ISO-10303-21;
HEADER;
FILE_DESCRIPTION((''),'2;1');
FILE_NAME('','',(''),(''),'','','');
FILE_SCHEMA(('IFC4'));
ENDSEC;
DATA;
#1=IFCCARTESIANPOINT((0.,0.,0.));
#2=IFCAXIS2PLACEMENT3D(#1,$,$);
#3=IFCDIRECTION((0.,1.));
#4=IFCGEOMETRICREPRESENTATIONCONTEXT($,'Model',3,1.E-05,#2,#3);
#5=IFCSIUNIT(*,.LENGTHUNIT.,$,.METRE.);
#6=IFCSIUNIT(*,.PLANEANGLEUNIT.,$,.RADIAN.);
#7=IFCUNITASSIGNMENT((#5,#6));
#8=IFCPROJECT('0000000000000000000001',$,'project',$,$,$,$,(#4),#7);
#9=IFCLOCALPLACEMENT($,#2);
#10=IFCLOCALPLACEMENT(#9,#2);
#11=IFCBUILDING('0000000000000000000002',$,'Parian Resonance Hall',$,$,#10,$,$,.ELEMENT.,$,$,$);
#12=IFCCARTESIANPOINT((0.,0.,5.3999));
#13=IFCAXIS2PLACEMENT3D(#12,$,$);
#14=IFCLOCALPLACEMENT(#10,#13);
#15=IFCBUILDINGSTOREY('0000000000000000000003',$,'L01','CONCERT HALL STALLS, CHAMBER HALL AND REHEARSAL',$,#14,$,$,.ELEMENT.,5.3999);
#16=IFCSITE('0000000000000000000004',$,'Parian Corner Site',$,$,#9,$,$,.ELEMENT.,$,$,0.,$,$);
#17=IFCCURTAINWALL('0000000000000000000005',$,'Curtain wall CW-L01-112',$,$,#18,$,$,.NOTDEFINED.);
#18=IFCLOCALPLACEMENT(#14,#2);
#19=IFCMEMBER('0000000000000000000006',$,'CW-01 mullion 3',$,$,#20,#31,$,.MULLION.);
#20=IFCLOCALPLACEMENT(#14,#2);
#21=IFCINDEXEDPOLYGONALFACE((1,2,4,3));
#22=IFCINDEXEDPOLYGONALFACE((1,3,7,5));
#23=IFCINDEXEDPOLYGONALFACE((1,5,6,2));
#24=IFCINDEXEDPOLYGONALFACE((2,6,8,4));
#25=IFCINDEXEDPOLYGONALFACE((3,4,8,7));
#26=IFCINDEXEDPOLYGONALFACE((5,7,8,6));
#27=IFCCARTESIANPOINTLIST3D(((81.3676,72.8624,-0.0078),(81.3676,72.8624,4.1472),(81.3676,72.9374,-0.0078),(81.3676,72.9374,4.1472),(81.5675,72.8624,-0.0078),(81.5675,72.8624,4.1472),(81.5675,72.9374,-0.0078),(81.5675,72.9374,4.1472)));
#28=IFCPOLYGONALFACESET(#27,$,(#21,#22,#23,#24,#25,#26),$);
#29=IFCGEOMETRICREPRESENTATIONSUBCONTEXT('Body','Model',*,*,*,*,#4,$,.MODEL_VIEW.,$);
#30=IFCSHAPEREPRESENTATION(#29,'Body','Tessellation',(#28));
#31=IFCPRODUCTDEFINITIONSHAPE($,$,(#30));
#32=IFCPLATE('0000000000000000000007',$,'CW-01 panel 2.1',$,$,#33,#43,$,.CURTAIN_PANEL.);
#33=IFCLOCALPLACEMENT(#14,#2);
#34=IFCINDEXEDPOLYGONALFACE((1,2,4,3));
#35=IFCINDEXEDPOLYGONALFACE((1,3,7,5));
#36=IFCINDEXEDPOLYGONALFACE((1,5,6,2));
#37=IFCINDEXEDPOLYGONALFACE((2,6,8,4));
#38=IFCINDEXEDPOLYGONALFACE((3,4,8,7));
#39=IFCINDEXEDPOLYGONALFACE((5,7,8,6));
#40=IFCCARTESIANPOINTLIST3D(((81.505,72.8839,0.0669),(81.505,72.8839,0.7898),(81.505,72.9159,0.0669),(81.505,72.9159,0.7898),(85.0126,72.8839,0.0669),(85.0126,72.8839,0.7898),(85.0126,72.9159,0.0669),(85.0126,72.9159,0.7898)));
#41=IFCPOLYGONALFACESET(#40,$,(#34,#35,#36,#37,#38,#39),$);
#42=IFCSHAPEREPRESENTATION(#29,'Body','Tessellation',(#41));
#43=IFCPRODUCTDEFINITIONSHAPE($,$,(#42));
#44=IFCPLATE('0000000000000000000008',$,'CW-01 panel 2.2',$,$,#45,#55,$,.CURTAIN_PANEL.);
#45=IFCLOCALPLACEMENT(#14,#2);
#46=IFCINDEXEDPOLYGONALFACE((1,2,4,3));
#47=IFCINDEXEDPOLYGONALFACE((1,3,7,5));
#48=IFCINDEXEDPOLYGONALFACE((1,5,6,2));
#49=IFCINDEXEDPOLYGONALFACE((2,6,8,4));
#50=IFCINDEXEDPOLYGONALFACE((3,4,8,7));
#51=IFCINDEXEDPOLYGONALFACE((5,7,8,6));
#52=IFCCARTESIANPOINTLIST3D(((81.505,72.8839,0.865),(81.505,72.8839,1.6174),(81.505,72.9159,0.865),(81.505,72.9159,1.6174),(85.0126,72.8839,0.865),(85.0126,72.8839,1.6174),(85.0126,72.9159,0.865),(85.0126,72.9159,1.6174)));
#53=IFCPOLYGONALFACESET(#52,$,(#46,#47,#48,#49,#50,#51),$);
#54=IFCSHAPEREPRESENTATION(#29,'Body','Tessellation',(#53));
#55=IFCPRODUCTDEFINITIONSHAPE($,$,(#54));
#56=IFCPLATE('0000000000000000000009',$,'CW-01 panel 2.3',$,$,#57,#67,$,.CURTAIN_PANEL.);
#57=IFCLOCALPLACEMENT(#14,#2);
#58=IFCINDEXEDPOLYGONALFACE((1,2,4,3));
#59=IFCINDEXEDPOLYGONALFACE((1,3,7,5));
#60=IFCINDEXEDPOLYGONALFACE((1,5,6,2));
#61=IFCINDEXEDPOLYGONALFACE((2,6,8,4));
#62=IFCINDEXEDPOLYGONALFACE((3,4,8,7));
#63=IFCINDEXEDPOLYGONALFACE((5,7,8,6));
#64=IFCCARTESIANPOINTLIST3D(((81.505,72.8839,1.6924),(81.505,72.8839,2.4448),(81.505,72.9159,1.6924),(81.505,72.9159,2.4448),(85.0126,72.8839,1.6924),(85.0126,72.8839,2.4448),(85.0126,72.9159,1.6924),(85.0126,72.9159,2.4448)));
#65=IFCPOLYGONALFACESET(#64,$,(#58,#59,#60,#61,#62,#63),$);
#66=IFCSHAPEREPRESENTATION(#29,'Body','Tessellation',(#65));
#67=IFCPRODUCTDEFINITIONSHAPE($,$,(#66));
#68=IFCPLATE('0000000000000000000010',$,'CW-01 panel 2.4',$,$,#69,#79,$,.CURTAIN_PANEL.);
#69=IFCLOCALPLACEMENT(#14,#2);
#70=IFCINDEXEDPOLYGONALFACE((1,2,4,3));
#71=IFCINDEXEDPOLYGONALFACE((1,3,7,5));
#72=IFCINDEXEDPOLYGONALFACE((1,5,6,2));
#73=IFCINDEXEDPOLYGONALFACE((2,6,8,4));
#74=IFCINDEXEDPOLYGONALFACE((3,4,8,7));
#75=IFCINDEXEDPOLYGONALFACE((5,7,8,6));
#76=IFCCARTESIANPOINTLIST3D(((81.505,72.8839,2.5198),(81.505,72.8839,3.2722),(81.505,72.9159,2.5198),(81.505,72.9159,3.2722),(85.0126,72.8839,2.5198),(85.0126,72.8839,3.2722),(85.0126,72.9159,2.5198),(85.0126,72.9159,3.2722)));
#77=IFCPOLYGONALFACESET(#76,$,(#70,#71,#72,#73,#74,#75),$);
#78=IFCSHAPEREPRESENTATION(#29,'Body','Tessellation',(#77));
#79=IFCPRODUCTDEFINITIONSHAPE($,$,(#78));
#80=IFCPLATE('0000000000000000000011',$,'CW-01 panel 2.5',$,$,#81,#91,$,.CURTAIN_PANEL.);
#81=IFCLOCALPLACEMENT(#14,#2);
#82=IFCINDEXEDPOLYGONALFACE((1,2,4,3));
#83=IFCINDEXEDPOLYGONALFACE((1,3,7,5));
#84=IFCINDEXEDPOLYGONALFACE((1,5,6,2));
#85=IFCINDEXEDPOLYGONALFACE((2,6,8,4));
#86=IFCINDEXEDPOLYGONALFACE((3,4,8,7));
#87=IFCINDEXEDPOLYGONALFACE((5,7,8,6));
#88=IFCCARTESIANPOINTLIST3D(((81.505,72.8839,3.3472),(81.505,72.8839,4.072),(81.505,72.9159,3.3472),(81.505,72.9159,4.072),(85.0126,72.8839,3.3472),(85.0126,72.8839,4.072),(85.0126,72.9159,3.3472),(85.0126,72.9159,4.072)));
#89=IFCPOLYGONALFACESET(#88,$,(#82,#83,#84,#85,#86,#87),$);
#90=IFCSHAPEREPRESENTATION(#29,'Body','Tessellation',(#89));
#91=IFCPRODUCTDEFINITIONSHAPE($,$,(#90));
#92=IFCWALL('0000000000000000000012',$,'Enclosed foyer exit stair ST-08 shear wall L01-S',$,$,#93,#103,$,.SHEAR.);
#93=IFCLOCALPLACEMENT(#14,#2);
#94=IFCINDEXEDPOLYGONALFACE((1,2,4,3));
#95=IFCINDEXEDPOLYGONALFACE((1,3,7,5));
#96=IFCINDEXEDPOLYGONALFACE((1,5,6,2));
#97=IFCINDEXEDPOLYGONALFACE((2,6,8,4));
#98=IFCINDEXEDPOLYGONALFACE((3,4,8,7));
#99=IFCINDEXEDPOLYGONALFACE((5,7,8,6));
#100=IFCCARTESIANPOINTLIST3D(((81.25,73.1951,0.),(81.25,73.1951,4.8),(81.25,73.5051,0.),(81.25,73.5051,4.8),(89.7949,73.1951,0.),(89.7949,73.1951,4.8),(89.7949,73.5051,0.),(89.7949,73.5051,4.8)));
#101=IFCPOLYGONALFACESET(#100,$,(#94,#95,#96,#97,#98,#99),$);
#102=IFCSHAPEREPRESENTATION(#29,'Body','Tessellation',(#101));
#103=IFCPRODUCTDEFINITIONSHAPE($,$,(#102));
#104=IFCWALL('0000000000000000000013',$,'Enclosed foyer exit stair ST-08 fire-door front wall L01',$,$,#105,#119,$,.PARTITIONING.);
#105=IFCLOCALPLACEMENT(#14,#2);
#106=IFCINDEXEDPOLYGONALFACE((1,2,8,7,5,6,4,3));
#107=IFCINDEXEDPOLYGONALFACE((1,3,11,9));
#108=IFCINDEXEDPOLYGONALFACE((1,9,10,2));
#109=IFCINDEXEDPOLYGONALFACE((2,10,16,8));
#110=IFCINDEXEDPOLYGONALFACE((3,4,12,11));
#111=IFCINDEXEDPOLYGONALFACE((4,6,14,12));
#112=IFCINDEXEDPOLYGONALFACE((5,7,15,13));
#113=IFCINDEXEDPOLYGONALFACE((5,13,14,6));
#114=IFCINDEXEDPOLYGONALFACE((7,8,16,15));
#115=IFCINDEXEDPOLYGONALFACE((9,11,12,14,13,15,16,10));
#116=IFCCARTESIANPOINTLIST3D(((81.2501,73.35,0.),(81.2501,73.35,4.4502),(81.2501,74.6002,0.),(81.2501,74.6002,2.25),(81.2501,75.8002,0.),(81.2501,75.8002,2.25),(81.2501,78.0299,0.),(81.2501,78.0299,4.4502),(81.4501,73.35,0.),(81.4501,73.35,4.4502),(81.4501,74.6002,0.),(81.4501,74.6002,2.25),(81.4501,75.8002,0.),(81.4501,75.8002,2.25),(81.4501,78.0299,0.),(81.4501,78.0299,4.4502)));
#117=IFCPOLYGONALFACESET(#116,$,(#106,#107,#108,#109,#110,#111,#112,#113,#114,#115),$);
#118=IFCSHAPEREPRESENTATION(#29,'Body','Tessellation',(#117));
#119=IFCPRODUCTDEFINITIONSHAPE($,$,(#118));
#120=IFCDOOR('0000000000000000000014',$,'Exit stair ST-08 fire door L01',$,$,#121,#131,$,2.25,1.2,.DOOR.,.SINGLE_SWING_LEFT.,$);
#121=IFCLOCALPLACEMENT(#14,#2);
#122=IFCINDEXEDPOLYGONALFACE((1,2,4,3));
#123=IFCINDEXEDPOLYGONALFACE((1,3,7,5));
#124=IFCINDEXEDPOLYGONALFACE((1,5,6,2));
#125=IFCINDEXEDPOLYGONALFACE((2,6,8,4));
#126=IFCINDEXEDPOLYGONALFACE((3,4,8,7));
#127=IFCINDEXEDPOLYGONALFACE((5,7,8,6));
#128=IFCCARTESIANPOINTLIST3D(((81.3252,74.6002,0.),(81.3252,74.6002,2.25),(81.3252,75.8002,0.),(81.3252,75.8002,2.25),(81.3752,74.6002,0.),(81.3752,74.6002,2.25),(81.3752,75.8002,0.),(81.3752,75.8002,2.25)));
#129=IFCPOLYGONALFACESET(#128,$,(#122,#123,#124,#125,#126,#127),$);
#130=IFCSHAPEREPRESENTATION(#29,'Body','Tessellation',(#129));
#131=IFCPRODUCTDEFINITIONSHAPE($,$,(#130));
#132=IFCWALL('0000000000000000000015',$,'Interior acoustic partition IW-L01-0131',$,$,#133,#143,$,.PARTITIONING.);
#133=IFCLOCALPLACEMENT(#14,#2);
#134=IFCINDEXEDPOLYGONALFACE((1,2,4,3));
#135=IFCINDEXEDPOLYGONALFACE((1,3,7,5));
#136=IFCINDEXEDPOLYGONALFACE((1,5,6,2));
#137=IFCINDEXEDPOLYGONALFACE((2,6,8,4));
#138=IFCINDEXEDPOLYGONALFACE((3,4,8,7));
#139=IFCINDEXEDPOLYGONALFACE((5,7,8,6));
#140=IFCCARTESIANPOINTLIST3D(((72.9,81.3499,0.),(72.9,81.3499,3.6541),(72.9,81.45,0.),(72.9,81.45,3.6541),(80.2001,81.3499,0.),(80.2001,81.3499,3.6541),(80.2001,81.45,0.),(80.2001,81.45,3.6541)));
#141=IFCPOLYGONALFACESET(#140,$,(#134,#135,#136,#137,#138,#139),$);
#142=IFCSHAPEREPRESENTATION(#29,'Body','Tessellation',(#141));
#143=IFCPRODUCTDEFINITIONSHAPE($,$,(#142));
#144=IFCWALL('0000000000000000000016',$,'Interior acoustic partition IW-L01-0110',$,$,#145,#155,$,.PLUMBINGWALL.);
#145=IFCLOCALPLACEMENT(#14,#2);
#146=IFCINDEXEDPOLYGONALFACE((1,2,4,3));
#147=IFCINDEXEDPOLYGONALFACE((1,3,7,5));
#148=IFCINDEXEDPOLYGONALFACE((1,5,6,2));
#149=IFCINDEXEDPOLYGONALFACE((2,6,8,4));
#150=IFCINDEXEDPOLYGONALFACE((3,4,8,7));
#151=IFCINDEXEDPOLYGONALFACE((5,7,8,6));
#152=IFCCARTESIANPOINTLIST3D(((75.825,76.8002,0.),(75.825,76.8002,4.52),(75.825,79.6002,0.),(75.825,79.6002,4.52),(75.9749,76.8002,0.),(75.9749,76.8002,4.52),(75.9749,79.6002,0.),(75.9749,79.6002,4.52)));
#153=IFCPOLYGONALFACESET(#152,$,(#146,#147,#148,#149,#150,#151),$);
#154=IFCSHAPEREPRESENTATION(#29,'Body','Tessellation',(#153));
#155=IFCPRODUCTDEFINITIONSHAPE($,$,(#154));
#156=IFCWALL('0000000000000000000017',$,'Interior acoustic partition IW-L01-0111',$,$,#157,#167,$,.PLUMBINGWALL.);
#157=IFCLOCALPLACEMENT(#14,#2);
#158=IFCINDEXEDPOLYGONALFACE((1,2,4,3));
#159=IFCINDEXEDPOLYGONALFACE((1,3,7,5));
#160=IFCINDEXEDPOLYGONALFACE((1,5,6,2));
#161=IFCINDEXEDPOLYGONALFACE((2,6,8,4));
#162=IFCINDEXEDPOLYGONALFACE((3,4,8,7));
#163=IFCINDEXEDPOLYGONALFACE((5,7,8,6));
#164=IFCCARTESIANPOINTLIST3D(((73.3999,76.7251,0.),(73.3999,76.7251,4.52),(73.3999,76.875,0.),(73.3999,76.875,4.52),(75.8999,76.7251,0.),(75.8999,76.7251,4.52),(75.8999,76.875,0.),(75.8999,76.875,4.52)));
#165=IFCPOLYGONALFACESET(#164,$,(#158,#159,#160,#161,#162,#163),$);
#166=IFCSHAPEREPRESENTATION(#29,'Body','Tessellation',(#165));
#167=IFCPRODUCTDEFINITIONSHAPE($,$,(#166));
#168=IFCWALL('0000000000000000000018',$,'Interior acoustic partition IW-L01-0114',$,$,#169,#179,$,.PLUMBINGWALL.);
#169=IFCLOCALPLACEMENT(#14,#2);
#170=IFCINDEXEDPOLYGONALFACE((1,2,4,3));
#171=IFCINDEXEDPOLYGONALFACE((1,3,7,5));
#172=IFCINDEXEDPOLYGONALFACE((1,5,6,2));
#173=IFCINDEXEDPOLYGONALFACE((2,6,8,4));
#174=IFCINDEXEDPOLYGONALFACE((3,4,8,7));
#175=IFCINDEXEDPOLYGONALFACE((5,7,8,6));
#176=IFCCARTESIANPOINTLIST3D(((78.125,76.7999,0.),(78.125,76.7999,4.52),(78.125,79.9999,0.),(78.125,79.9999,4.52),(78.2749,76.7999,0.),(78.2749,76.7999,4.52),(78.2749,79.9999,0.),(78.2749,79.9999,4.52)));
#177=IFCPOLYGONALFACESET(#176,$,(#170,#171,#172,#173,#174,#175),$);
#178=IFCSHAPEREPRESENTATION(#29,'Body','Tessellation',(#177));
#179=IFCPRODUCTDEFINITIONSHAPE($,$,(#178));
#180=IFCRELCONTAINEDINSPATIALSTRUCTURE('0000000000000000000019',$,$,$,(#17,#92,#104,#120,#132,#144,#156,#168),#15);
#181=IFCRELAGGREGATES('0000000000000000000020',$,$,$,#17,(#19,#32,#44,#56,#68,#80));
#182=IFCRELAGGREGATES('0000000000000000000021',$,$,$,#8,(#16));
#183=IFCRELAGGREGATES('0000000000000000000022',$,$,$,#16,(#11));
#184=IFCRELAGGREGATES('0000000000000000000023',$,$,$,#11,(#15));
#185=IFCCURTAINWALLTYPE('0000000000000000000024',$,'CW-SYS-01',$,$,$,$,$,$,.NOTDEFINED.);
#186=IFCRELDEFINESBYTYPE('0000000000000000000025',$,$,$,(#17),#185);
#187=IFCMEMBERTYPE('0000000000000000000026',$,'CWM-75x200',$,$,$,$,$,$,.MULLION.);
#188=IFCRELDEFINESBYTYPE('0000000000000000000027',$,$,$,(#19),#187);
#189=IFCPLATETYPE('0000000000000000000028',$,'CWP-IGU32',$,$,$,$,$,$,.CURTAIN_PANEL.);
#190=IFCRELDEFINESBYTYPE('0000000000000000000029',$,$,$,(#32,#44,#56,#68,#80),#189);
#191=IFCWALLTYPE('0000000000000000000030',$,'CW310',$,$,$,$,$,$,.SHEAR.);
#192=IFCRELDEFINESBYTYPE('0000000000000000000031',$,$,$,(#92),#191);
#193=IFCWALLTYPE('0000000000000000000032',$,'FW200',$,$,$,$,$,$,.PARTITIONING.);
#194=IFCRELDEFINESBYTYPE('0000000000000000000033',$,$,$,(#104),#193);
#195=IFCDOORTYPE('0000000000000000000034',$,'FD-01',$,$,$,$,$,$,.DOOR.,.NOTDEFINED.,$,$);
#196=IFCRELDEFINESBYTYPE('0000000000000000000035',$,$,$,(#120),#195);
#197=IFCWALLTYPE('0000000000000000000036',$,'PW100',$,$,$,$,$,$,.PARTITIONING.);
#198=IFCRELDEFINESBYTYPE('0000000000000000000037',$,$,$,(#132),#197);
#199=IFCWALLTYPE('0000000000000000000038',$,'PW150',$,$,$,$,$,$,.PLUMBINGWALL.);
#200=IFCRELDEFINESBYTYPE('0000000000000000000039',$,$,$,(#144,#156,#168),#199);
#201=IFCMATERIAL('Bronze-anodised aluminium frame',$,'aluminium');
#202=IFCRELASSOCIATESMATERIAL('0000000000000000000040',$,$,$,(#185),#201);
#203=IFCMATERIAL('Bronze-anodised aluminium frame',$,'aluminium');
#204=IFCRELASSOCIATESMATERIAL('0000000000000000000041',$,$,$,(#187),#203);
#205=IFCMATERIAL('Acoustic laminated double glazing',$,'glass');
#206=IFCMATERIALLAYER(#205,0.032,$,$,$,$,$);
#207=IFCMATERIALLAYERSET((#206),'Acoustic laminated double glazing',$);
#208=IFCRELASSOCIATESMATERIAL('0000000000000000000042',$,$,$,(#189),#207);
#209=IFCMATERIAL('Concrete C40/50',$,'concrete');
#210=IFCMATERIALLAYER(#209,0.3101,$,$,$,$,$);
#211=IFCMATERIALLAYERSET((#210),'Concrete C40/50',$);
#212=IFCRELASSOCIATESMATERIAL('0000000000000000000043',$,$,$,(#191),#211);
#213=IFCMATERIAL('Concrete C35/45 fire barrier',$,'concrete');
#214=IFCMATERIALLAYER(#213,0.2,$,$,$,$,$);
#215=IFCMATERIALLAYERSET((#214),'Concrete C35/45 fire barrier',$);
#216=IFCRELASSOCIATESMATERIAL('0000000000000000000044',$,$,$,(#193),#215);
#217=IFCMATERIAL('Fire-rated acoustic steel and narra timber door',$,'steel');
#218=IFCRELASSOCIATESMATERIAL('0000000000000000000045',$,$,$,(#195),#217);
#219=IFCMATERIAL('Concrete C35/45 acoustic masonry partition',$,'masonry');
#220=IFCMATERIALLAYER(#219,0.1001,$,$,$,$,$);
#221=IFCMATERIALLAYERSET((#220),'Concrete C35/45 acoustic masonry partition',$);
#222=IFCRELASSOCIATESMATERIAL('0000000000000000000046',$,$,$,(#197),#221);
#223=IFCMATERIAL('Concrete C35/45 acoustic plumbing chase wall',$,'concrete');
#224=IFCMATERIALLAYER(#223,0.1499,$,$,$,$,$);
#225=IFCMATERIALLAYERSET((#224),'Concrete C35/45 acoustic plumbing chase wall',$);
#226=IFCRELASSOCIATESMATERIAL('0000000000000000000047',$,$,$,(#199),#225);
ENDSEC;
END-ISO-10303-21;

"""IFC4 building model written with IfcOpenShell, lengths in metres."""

from ifc_helpers import new_model, si_unit, direction, frame, frame_2d, origin, origin_2d, place, context, subcontext, project, spatial, rectangle, extrude, material, layer, layer_set, material_profile, profile_set, type_object, element, fill, aggregate, save


model = new_model("IFC4")

# Units and contexts
model_context = context("Model", 3, precision=1e-05, world=origin(), true_north=direction((0.0, 1.0)))
body_context = subcontext(model_context, "Body", "Model", "MODEL_VIEW")
ifc_project = project(units=[si_unit("LENGTHUNIT", "METRE"), si_unit("PLANEANGLEUNIT", "RADIAN")], contexts=[model_context])

# Site, building, storey
site_placement = place(None, origin())
site = spatial("IfcSite", under=ifc_project, at=site_placement, Name="Parian Corner Site", CompositionType="ELEMENT", RefElevation=0.0)
building_placement = place(site_placement, origin())
building = spatial("IfcBuilding", under=site, at=building_placement, Name="Parian Resonance Hall", CompositionType="ELEMENT")
storey_placement = place(building_placement, frame((0.0, 0.0, 5.3999)))
storey = spatial("IfcBuildingStorey", under=building, at=storey_placement, Name="L01", Description="CONCERT HALL STALLS, CHAMBER HALL AND REHEARSAL", CompositionType="ELEMENT", Elevation=5.3999)

# Curtain wall, member, plates
ifc_material_1 = material(Name="Bronze-anodised aluminium frame", Category="aluminium")
curtain_wall_type = type_object("IfcCurtainWallType", Name="CW-SYS-01", PredefinedType="NOTDEFINED", material=ifc_material_1)
curtain_wall_placement = place(storey_placement, origin())
curtain_wall = element("IfcCurtainWall", 1, at=curtain_wall_placement, inside=storey, type_object=curtain_wall_type, Name="Curtain wall CW-L01-112", PredefinedType="NOTDEFINED")
ifc_material_2 = material(Name="Bronze-anodised aluminium frame", Category="aluminium")
ifc_material_profile_1 = material_profile(ifc_material_2, rectangle(XDim=0.075, YDim=0.2, at=origin_2d()), Name="CWM-75x200")
ifc_profile_set_1 = profile_set([ifc_material_profile_1], Name="Bronze-anodised aluminium frame")
member_type = type_object("IfcMemberType", Name="CWM-75x200", PredefinedType="MULLION", material=ifc_profile_set_1)
member_placement = place(storey_placement, frame((81.4675, 72.8999, -0.0078), z_axis=(0.0, 0.0, 1.0), x_axis=(0.0, -1.0, 0.0)))
member = element("IfcMember", 2, at=member_placement, type_object=member_type, Name="CW-01 mullion 3", PredefinedType="MULLION", context=body_context, shape_type="SweptSolid", body=[
    extrude(rectangle(XDim=0.075, YDim=0.2, at=origin_2d()), origin(), (0.0, 0.0, 1.0), 4.155),
])
ifc_material_3 = material(Name="Acoustic laminated double glazing", Category="glass")
ifc_layer_1 = layer(ifc_material_3, 0.032)
ifc_layer_set_1 = layer_set([ifc_layer_1], Name="Acoustic laminated double glazing")
plate_type = type_object("IfcPlateType", Name="CWP-IGU32", PredefinedType="CURTAIN_PANEL", material=ifc_layer_set_1)
plate_1_placement = place(storey_placement, frame((83.2588, 72.8999, 0.0669), z_axis=(0.0, 0.0, 1.0), x_axis=(-1.0, 0.0, 0.0)))
plate_1 = element("IfcPlate", 3, at=plate_1_placement, type_object=plate_type, Name="CW-01 panel 2.1", PredefinedType="CURTAIN_PANEL", context=body_context, shape_type="SweptSolid", body=[
    extrude(rectangle(XDim=3.5076, YDim=0.032, at=origin_2d()), origin(), (0.0, 0.0, 1.0), 0.7229),
])
plate_2_placement = place(storey_placement, frame((83.2588, 72.8999, 0.865), z_axis=(0.0, 0.0, 1.0), x_axis=(-1.0, 0.0, 0.0)))
plate_2 = element("IfcPlate", 4, at=plate_2_placement, type_object=plate_type, Name="CW-01 panel 2.2", PredefinedType="CURTAIN_PANEL", context=body_context, shape_type="SweptSolid", body=[
    extrude(rectangle(XDim=3.5076, YDim=0.032, at=origin_2d()), origin(), (0.0, 0.0, 1.0), 0.7524),
])
plate_3_placement = place(storey_placement, frame((83.2588, 72.8999, 1.6924), z_axis=(0.0, 0.0, 1.0), x_axis=(-1.0, 0.0, 0.0)))
plate_3 = element("IfcPlate", 5, at=plate_3_placement, type_object=plate_type, Name="CW-01 panel 2.3", PredefinedType="CURTAIN_PANEL", context=body_context, shape_type="SweptSolid", body=[
    extrude(rectangle(XDim=3.5076, YDim=0.032, at=origin_2d()), origin(), (0.0, 0.0, 1.0), 0.7524),
])
plate_4_placement = place(storey_placement, frame((83.2588, 72.8999, 2.5198), z_axis=(0.0, 0.0, 1.0), x_axis=(-1.0, 0.0, 0.0)))
plate_4 = element("IfcPlate", 6, at=plate_4_placement, type_object=plate_type, Name="CW-01 panel 2.4", PredefinedType="CURTAIN_PANEL", context=body_context, shape_type="SweptSolid", body=[
    extrude(rectangle(XDim=3.5076, YDim=0.032, at=origin_2d()), origin(), (0.0, 0.0, 1.0), 0.7524),
])
plate_5_placement = place(storey_placement, frame((83.2588, 72.8999, 3.3472), z_axis=(0.0, 0.0, 1.0), x_axis=(-1.0, 0.0, 0.0)))
plate_5 = element("IfcPlate", 7, at=plate_5_placement, type_object=plate_type, Name="CW-01 panel 2.5", PredefinedType="CURTAIN_PANEL", context=body_context, shape_type="SweptSolid", body=[
    extrude(rectangle(XDim=3.5076, YDim=0.032, at=origin_2d()), origin(), (0.0, 0.0, 1.0), 0.7249),
])
aggregate(curtain_wall, [member, plate_1, plate_2, plate_3, plate_4, plate_5])

# Wall
ifc_material_4 = material(Name="Concrete C40/50", Category="concrete")
ifc_layer_2 = layer(ifc_material_4, 0.3101)
ifc_layer_set_2 = layer_set([ifc_layer_2], Name="Concrete C40/50")
wall_type_1 = type_object("IfcWallType", Name="CW310", PredefinedType="SHEAR", material=ifc_layer_set_2)
wall_1_placement = place(storey_placement, frame((81.25, 73.3501, 0.0), z_axis=(0.0, 0.0, 1.0), x_axis=(1.0, 0.0, 0.0)))
element("IfcWall", 8, at=wall_1_placement, inside=storey, type_object=wall_type_1, Name="Enclosed foyer exit stair ST-08 shear wall L01-S", PredefinedType="SHEAR", context=body_context, shape_type="SweptSolid", body=[
    extrude(rectangle(XDim=8.5449, YDim=0.3101, at=frame_2d((4.2725, 0.0))), origin(), (0.0, 0.0, 1.0), 4.8),
])

# Wall, opening, door
ifc_material_5 = material(Name="Concrete C35/45 fire barrier", Category="concrete")
ifc_layer_3 = layer(ifc_material_5, 0.2)
ifc_layer_set_3 = layer_set([ifc_layer_3], Name="Concrete C35/45 fire barrier")
wall_type_2 = type_object("IfcWallType", Name="FW200", PredefinedType="PARTITIONING", material=ifc_layer_set_3)
wall_2_placement = place(storey_placement, frame((81.3501, 73.3501, 0.0), z_axis=(0.0, 0.0, 1.0), x_axis=(0.0, 1.0, 0.0)))
wall_2 = element("IfcWall", 9, at=wall_2_placement, inside=storey, type_object=wall_type_2, Name="Enclosed foyer exit stair ST-08 fire-door front wall L01", PredefinedType="PARTITIONING", context=body_context, shape_type="SweptSolid", body=[
    extrude(rectangle(XDim=4.6799, YDim=0.2, at=frame_2d((2.3398, 0.0))), origin(), (0.0, 0.0, 1.0), 4.4502),
])
opening_1_placement = place(wall_2_placement, frame((1.25, 0.0, 0.0)))
opening_1 = element("IfcOpeningElement", 10, at=opening_1_placement, cuts=wall_2, PredefinedType="OPENING", context=body_context, shape_type="SweptSolid", body=[
    extrude(rectangle(XDim=1.2, YDim=2.25, at=frame_2d((0.6001, 1.125))), frame((0.0, 0.1099, 0.0), z_axis=(0.0, -1.0, 0.0), x_axis=(1.0, 0.0, 0.0)), (0.0, 0.0, 1.0), 0.22),
])
ifc_material_6 = material(Name="Fire-rated acoustic steel and narra timber door", Category="steel")
door_type_1 = type_object("IfcDoorType", Name="FD-01", OperationType="NOTDEFINED", PredefinedType="DOOR", material=ifc_material_6)
door_1_placement = place(opening_1_placement, origin())
door_1 = element("IfcDoor", 11, at=door_1_placement, inside=storey, type_object=door_type_1, Name="Exit stair ST-08 fire door L01", OperationType="SINGLE_SWING_LEFT", OverallHeight=2.25, OverallWidth=1.2, PredefinedType="DOOR", context=body_context, shape_type="SweptSolid", body=[
    extrude(rectangle(XDim=1.2, YDim=2.25, at=frame_2d((0.6001, 1.125))), frame((0.0, 0.0249, 0.0), z_axis=(0.0, -1.0, 0.0), x_axis=(1.0, 0.0, 0.0)), (0.0, 0.0, 1.0), 0.05),
])
fill(opening_1, door_1)

# Walls
ifc_material_7 = material(Name="Concrete C35/45 acoustic masonry partition", Category="masonry")
ifc_layer_4 = layer(ifc_material_7, 0.1001)
ifc_layer_set_4 = layer_set([ifc_layer_4], Name="Concrete C35/45 acoustic masonry partition")
wall_type_3 = type_object("IfcWallType", Name="PW100", PredefinedType="PARTITIONING", material=ifc_layer_set_4)
wall_3_placement = place(storey_placement, frame((80.2, 81.3999, 0.0), z_axis=(0.0, 0.0, 1.0), x_axis=(-1.0, 0.0, 0.0)))
element("IfcWall", 12, at=wall_3_placement, inside=storey, type_object=wall_type_3, Name="Interior acoustic partition IW-L01-0131", PredefinedType="PARTITIONING", context=body_context, shape_type="SweptSolid", body=[
    extrude(rectangle(XDim=7.3, YDim=0.1001, at=frame_2d((3.6499, 0.0))), origin(), (0.0, 0.0, 1.0), 3.6541),
])
ifc_material_8 = material(Name="Concrete C35/45 acoustic plumbing chase wall", Category="concrete")
ifc_layer_5 = layer(ifc_material_8, 0.1499)
ifc_layer_set_5 = layer_set([ifc_layer_5], Name="Concrete C35/45 acoustic plumbing chase wall")
wall_type_4 = type_object("IfcWallType", Name="PW150", PredefinedType="PLUMBINGWALL", material=ifc_layer_set_5)
wall_4_placement = place(storey_placement, frame((75.8999, 79.6001, 0.0), z_axis=(0.0, 0.0, 1.0), x_axis=(0.0, -1.0, 0.0)))
element("IfcWall", 13, at=wall_4_placement, inside=storey, type_object=wall_type_4, Name="Interior acoustic partition IW-L01-0110", PredefinedType="PLUMBINGWALL", context=body_context, shape_type="SweptSolid", body=[
    extrude(rectangle(XDim=2.8, YDim=0.1499, at=frame_2d((1.3999, 0.0))), origin(), (0.0, 0.0, 1.0), 4.52),
])
wall_5_placement = place(storey_placement, frame((75.8999, 76.8, 0.0), z_axis=(0.0, 0.0, 1.0), x_axis=(-1.0, 0.0, 0.0)))
element("IfcWall", 14, at=wall_5_placement, inside=storey, type_object=wall_type_4, Name="Interior acoustic partition IW-L01-0111", PredefinedType="PLUMBINGWALL", context=body_context, shape_type="SweptSolid", body=[
    extrude(rectangle(XDim=2.5, YDim=0.1499, at=frame_2d((1.25, 0.0))), origin(), (0.0, 0.0, 1.0), 4.52),
])
wall_6_placement = place(storey_placement, frame((78.2, 80.0, 0.0), z_axis=(0.0, 0.0, 1.0), x_axis=(0.0, -1.0, 0.0)))
element("IfcWall", 15, at=wall_6_placement, inside=storey, type_object=wall_type_4, Name="Interior acoustic partition IW-L01-0114", PredefinedType="PLUMBINGWALL", context=body_context, shape_type="SweptSolid", body=[
    extrude(rectangle(XDim=3.2, YDim=0.1499, at=frame_2d((1.6001, 0.0))), origin(), (0.0, 0.0, 1.0), 4.52),
])

save(model, "model.ifc")
